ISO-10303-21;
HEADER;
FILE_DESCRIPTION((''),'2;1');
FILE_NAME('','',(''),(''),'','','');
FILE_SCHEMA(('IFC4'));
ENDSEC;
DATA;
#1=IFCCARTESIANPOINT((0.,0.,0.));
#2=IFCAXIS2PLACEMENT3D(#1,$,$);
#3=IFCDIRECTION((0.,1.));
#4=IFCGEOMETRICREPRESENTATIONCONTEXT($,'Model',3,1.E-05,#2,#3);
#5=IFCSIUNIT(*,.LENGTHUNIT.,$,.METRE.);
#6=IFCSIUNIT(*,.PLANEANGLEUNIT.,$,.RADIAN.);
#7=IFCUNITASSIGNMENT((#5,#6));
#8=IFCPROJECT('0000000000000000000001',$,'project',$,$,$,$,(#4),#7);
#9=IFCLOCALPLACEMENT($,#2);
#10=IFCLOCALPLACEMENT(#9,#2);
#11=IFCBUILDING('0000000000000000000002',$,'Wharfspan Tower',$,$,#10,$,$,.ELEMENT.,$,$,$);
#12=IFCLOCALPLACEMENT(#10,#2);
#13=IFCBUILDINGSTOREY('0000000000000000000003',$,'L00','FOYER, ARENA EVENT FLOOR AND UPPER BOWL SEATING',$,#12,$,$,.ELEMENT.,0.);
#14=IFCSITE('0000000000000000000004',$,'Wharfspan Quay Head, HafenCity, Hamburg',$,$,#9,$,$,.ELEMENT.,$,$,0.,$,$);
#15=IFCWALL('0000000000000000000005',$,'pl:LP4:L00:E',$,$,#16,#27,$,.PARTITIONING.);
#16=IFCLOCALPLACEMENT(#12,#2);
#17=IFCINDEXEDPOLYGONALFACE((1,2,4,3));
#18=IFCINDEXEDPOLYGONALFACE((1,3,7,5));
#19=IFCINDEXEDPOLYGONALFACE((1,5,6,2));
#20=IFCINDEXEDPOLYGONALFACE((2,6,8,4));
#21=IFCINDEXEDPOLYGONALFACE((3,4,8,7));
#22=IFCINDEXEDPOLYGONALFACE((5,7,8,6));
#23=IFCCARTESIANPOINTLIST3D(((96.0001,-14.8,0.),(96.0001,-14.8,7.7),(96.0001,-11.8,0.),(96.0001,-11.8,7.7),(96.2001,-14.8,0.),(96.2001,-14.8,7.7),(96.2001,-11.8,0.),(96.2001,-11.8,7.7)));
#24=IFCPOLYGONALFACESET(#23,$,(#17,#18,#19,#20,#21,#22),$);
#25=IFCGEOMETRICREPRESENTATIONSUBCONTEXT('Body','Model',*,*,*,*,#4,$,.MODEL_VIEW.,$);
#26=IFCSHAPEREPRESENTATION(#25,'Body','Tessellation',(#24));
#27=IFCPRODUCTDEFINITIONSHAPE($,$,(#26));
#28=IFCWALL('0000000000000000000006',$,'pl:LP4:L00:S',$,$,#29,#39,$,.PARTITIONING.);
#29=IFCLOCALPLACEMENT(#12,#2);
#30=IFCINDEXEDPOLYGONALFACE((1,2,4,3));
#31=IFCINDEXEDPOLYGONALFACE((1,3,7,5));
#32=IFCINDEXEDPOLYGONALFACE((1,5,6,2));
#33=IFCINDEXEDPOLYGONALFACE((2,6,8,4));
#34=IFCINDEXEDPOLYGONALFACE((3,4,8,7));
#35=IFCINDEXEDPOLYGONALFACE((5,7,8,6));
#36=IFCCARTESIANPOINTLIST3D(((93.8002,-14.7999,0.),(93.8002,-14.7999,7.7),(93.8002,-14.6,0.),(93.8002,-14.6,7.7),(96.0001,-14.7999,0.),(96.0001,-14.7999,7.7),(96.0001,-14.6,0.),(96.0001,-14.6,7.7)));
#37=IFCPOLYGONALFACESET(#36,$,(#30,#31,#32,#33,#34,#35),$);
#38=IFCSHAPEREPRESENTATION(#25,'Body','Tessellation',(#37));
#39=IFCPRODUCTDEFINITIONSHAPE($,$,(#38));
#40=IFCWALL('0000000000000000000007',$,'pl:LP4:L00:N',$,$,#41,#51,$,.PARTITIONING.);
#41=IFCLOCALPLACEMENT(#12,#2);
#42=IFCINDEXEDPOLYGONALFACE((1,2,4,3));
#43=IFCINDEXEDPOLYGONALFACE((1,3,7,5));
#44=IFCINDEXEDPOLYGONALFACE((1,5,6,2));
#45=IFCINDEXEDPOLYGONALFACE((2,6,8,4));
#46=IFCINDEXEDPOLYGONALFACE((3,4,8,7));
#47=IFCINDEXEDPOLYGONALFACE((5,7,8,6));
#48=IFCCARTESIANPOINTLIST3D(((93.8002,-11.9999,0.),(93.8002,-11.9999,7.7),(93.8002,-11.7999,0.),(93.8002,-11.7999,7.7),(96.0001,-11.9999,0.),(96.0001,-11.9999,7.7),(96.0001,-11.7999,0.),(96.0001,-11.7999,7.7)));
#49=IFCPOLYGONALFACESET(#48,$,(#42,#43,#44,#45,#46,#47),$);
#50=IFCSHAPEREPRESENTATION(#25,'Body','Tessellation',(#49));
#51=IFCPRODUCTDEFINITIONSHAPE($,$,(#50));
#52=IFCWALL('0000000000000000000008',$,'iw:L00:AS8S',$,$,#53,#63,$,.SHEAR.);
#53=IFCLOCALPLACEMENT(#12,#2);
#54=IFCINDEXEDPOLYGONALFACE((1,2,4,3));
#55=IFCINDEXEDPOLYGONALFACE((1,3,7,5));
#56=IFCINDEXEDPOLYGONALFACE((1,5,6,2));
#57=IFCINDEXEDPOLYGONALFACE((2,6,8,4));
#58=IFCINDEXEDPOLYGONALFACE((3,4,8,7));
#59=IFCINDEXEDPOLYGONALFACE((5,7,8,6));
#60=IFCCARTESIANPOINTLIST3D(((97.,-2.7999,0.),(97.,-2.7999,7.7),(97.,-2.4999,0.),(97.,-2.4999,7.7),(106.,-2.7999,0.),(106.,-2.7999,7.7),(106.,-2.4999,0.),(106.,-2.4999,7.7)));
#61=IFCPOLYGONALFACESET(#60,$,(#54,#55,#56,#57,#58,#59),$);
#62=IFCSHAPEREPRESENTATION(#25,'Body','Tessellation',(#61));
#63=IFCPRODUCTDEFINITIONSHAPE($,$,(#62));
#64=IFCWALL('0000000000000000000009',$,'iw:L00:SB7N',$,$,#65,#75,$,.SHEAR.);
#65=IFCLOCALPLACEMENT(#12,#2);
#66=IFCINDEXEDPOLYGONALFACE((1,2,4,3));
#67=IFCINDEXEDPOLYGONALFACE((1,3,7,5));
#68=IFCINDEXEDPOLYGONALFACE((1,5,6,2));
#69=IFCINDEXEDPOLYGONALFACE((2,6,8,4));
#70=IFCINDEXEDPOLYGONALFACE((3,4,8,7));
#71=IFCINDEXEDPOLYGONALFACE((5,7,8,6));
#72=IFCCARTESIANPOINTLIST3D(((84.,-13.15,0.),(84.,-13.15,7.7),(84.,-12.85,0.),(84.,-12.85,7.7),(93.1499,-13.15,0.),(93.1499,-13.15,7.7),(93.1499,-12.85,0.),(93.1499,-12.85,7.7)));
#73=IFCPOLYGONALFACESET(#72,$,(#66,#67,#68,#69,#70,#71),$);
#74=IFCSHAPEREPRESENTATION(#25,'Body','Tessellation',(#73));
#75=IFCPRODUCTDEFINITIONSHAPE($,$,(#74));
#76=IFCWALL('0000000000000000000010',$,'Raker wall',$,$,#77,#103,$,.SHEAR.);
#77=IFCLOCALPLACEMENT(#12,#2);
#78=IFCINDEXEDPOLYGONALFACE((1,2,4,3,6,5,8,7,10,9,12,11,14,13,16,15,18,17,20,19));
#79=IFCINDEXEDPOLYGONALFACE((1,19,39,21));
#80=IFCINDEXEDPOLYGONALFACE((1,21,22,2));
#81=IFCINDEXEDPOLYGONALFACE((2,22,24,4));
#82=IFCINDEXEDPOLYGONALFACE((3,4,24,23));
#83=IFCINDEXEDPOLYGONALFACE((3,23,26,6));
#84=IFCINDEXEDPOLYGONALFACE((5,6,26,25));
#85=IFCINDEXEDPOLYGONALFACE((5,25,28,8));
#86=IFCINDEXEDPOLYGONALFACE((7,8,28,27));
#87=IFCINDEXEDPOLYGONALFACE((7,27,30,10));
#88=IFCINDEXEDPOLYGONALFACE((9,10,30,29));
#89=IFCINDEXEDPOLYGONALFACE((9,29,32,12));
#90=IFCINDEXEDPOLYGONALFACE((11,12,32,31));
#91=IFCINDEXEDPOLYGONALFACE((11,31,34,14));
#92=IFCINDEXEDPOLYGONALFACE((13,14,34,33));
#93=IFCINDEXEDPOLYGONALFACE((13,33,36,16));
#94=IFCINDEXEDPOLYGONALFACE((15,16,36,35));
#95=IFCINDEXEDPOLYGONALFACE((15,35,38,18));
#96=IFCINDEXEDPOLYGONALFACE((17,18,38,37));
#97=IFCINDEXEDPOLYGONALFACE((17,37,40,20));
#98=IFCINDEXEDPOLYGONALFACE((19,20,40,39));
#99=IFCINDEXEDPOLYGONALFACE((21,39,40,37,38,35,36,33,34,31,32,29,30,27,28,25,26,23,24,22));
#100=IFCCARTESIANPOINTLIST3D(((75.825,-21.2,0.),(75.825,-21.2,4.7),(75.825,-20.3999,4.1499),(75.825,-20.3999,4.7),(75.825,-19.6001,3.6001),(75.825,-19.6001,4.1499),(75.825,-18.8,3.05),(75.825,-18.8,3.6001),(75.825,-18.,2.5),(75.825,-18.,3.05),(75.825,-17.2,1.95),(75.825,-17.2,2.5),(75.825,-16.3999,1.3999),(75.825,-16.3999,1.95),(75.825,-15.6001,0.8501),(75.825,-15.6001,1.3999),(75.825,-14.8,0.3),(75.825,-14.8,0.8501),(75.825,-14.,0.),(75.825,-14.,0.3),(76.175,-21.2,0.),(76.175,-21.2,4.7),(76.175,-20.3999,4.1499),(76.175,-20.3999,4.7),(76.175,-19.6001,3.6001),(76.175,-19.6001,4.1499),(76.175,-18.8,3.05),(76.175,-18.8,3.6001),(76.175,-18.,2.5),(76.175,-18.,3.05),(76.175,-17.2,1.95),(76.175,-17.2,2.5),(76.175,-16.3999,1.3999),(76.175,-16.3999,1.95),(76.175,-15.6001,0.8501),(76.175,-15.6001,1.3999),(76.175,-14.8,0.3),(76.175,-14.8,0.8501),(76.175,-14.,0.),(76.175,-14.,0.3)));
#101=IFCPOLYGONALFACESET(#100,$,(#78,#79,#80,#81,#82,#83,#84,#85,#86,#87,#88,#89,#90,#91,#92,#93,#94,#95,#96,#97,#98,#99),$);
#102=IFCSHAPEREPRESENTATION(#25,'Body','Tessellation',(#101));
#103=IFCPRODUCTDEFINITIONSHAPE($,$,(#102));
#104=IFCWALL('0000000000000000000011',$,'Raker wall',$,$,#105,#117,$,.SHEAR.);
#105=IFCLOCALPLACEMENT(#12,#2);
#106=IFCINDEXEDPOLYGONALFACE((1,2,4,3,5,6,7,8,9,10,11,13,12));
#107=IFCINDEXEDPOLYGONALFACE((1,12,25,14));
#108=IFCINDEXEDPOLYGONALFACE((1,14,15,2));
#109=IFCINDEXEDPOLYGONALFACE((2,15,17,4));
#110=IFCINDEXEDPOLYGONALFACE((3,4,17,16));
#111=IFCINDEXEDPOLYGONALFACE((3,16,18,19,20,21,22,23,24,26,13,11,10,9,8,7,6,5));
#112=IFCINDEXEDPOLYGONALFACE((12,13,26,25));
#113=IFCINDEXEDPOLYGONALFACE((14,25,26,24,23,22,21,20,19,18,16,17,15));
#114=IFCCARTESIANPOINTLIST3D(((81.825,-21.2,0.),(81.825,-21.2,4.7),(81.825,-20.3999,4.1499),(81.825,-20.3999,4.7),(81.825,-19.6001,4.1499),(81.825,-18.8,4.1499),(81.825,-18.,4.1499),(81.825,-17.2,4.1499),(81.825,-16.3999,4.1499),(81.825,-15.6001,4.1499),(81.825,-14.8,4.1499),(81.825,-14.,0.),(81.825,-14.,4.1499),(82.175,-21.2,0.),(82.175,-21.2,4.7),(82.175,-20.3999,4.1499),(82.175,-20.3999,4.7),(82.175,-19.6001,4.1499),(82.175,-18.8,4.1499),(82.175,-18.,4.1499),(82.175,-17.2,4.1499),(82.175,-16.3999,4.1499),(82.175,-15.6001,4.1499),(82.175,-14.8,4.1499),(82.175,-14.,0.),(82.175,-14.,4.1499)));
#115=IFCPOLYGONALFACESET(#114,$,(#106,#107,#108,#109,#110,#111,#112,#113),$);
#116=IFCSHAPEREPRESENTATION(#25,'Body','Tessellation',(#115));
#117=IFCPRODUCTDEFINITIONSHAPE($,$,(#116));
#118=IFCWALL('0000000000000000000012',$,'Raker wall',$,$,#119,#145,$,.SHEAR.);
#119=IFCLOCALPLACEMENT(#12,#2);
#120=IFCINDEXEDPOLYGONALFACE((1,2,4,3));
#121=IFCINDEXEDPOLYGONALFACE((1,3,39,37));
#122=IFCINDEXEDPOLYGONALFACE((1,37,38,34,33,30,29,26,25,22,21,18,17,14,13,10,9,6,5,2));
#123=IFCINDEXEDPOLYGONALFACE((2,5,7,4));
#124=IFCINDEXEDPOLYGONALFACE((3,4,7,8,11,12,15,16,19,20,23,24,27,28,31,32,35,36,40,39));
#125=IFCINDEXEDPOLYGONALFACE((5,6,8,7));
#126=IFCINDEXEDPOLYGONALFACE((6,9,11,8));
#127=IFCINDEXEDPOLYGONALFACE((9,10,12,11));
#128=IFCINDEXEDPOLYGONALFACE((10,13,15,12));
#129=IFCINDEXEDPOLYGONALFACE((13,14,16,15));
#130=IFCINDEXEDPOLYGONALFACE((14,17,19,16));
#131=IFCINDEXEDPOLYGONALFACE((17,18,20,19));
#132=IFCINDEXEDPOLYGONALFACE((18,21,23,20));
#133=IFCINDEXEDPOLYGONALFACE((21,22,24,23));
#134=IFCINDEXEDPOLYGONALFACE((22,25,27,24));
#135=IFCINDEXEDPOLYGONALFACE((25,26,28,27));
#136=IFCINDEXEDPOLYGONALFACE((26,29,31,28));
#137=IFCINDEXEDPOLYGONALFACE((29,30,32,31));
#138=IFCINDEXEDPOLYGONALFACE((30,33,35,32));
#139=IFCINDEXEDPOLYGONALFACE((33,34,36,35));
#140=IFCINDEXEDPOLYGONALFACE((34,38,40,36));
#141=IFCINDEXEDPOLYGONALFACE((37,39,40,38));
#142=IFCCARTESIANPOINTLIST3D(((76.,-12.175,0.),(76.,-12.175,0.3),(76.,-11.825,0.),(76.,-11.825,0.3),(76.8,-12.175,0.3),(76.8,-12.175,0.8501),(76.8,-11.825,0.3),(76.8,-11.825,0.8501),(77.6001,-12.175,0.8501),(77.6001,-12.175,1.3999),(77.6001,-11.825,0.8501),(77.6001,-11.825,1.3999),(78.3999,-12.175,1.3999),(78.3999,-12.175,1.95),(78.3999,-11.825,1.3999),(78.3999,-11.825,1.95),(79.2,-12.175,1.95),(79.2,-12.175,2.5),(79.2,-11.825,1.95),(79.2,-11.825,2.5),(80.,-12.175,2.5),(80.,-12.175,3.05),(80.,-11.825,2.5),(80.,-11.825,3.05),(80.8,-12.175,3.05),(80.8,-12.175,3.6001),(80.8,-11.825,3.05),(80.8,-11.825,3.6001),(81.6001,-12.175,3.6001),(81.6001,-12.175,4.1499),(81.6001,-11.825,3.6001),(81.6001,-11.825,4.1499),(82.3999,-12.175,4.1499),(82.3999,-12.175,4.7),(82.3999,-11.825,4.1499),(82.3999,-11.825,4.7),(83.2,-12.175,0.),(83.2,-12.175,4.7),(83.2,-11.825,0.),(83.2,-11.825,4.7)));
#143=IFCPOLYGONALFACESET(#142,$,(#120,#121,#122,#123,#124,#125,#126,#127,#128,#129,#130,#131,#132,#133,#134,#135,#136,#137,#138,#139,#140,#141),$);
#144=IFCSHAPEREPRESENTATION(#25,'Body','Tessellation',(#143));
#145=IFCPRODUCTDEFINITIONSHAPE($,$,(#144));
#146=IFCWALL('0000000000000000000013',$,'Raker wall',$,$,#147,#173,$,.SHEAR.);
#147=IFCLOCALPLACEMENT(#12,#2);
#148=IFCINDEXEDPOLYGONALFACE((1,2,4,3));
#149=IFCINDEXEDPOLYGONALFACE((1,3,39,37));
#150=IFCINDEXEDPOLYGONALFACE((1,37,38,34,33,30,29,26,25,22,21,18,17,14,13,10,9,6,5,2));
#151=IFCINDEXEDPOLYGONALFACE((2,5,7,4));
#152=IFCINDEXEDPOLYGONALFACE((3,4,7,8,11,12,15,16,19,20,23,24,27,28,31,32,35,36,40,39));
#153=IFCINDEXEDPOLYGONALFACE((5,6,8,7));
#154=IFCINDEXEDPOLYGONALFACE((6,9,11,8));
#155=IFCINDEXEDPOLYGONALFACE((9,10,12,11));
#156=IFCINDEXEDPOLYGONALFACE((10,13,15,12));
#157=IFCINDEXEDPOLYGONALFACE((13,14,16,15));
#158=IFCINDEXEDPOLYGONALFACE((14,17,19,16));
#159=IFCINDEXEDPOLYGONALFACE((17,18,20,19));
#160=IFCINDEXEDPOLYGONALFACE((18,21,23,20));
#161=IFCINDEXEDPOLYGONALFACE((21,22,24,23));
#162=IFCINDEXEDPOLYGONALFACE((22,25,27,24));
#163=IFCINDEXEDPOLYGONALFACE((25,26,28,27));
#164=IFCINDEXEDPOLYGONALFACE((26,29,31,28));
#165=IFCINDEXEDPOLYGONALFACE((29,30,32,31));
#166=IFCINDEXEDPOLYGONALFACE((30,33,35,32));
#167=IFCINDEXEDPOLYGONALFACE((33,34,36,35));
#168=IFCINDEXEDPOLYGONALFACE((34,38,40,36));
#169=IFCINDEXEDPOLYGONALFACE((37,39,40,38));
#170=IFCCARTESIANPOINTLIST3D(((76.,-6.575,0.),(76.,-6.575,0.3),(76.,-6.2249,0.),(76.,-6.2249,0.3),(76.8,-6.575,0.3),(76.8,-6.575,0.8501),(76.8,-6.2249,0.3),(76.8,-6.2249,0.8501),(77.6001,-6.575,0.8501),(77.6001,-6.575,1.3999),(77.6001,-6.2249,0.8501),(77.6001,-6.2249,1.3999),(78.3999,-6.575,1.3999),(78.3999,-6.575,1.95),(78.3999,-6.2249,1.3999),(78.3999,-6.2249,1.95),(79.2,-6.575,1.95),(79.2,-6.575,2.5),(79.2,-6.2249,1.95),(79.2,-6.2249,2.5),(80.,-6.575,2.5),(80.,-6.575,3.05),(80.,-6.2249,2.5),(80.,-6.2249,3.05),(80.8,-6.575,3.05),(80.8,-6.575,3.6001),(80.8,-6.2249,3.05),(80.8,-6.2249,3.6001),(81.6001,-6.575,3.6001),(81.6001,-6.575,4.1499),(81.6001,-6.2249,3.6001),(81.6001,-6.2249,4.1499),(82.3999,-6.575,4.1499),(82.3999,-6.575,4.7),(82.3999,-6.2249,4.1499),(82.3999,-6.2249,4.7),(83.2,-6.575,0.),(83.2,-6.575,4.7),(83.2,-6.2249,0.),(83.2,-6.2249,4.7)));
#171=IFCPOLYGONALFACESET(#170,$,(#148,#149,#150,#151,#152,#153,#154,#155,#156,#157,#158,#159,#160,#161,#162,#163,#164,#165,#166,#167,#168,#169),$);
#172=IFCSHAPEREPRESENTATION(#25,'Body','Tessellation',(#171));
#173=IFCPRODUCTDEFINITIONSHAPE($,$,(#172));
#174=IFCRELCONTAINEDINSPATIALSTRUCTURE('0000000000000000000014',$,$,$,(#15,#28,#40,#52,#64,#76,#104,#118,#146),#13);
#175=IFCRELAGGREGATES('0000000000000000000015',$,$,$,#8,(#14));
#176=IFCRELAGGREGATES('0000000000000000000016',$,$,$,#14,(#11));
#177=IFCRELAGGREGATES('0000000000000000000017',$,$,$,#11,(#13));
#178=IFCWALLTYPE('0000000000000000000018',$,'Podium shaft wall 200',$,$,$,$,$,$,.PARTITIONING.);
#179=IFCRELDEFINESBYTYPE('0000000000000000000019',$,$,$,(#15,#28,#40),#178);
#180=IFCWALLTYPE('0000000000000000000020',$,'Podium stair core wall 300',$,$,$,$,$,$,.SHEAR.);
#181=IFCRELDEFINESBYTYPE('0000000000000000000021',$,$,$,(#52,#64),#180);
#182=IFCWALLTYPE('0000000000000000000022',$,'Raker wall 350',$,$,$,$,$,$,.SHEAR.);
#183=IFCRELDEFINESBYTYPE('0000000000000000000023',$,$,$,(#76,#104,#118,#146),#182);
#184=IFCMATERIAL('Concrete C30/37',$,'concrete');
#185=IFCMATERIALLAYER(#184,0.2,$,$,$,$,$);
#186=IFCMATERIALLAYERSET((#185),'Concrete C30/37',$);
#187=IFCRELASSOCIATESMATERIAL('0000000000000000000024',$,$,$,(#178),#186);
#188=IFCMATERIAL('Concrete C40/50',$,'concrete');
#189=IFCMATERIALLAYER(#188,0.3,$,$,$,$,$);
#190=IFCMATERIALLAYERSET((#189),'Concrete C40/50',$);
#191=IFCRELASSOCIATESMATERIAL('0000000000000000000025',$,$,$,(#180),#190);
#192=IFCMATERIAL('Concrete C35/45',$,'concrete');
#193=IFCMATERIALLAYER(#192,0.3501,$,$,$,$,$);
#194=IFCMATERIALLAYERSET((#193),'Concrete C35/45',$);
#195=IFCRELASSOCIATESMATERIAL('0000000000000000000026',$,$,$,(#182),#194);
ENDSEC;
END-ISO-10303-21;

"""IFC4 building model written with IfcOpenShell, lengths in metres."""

from ifc_helpers import new_model, si_unit, direction, frame, frame_2d, origin, place, context, subcontext, project, spatial, polyline, rectangle, outline, extrude, material, layer, layer_set, type_object, element, save


model = new_model("IFC4")

# Units and contexts
model_context = context("Model", 3, precision=1e-05, world=origin(), true_north=direction((0.0, 1.0)))
body_context = subcontext(model_context, "Body", "Model", "MODEL_VIEW")
ifc_project = project(units=[si_unit("LENGTHUNIT", "METRE"), si_unit("PLANEANGLEUNIT", "RADIAN")], contexts=[model_context])

# Site, building, storey
site_placement = place(None, origin())
site = spatial("IfcSite", under=ifc_project, at=site_placement, Name="Wharfspan Quay Head, HafenCity, Hamburg", CompositionType="ELEMENT", RefElevation=0.0)
building_placement = place(site_placement, origin())
building = spatial("IfcBuilding", under=site, at=building_placement, Name="Wharfspan Tower", CompositionType="ELEMENT")
storey_placement = place(building_placement, origin())
storey = spatial("IfcBuildingStorey", under=building, at=storey_placement, Name="L00", Description="FOYER, ARENA EVENT FLOOR AND UPPER BOWL SEATING", CompositionType="ELEMENT", Elevation=0.0)

# Walls
ifc_material_1 = material(Name="Concrete C30/37", Category="concrete")
ifc_layer_1 = layer(ifc_material_1, 0.2)
ifc_layer_set_1 = layer_set([ifc_layer_1], Name="Concrete C30/37")
wall_type_1 = type_object("IfcWallType", Name="Podium shaft wall 200", PredefinedType="PARTITIONING", material=ifc_layer_set_1)
wall_1_placement = place(storey_placement, frame((96.1001, -14.8, 0.0), z_axis=(0.0, 0.0, 1.0), x_axis=(0.0, 1.0, 0.0)))
element("IfcWall", 1, at=wall_1_placement, inside=storey, type_object=wall_type_1, Name="pl:LP4:L00:E", PredefinedType="PARTITIONING", context=body_context, shape_type="SweptSolid", body=[
    extrude(rectangle(XDim=3.0, YDim=0.2, at=frame_2d((1.5, 0.0))), origin(), (0.0, 0.0, 1.0), 7.7),
])
for number, where, z_axis, x_axis, name in (
    (2, (93.8, -14.7, 0.0), (0.0, 0.0, 1.0), (1.0, 0.0, 0.0), "pl:LP4:L00:S"),
    (3, (93.8, -11.8999, 0.0), (0.0, 0.0, 1.0), (1.0, 0.0, 0.0), "pl:LP4:L00:N"),
):
    element("IfcWall", number, at=place(storey_placement, frame(where, z_axis=z_axis, x_axis=x_axis)), inside=storey, type_object=wall_type_1, Name=name, PredefinedType="PARTITIONING", context=body_context, shape_type="SweptSolid", body=[
        extrude(rectangle(XDim=2.2, YDim=0.2, at=frame_2d((1.1001, 0.0))), origin(), (0.0, 0.0, 1.0), 7.7),
    ])
ifc_material_2 = material(Name="Concrete C40/50", Category="concrete")
ifc_layer_2 = layer(ifc_material_2, 0.3)
ifc_layer_set_2 = layer_set([ifc_layer_2], Name="Concrete C40/50")
wall_type_2 = type_object("IfcWallType", Name="Podium stair core wall 300", PredefinedType="SHEAR", material=ifc_layer_set_2)
wall_2_placement = place(storey_placement, frame((97.0, -2.6499, 0.0), z_axis=(0.0, 0.0, 1.0), x_axis=(1.0, 0.0, 0.0)))
element("IfcWall", 4, at=wall_2_placement, inside=storey, type_object=wall_type_2, Name="iw:L00:AS8S", PredefinedType="SHEAR", context=body_context, shape_type="SweptSolid", body=[
    extrude(rectangle(XDim=9.0, YDim=0.3, at=frame_2d((4.5, 0.0))), origin(), (0.0, 0.0, 1.0), 7.7),
])
wall_3_placement = place(storey_placement, frame((84.0, -13.0, 0.0), z_axis=(0.0, 0.0, 1.0), x_axis=(1.0, 0.0, 0.0)))
element("IfcWall", 5, at=wall_3_placement, inside=storey, type_object=wall_type_2, Name="iw:L00:SB7N", PredefinedType="SHEAR", context=body_context, shape_type="SweptSolid", body=[
    extrude(rectangle(XDim=9.1499, YDim=0.3, at=frame_2d((4.575, 0.0))), origin(), (0.0, 0.0, 1.0), 7.7),
])
ifc_material_3 = material(Name="Concrete C35/45", Category="concrete")
ifc_layer_3 = layer(ifc_material_3, 0.3501)
ifc_layer_set_3 = layer_set([ifc_layer_3], Name="Concrete C35/45")
wall_type_3 = type_object("IfcWallType", Name="Raker wall 350", PredefinedType="SHEAR", material=ifc_layer_set_3)
wall_4_placement = place(storey_placement, frame((76.0, -14.0, 0.0), z_axis=(0.0, 0.0, 1.0), x_axis=(0.0, -1.0, 0.0)))
element("IfcWall", 6, at=wall_4_placement, inside=storey, type_object=wall_type_3, Name="Raker wall", PredefinedType="SHEAR", context=body_context, shape_type="SweptSolid", body=[
    extrude(outline(polyline([(0.0, 0.0), (7.2, 0.0), (7.2, 4.7), (6.3999, 4.7), (6.3999, 4.1499), (5.6001, 4.1499), (5.6001, 3.6001), (4.8, 3.6001), (4.8, 3.05), (4.0, 3.05), (4.0, 2.5), (3.2, 2.5), (3.2, 1.95), (2.3999, 1.95), (2.3999, 1.3999), (1.6001, 1.3999), (1.6001, 0.8501), (0.8, 0.8501), (0.8, 0.3), (0.0, 0.3), (0.0, 0.0)])), frame((0.0, 0.175, 0.0), z_axis=(0.0, -1.0, 0.0), x_axis=(1.0, 0.0, 0.0)), (0.0, 0.0, 1.0), 0.3501),
])
wall_5_placement = place(storey_placement, frame((82.0, -14.0, 0.0), z_axis=(0.0, 0.0, 1.0), x_axis=(0.0, -1.0, 0.0)))
element("IfcWall", 7, at=wall_5_placement, inside=storey, type_object=wall_type_3, Name="Raker wall", PredefinedType="SHEAR", context=body_context, shape_type="SweptSolid", body=[
    extrude(outline(polyline([(0.0, 0.0), (7.2, 0.0), (7.2, 4.7), (6.3999, 4.7), (6.3999, 4.1499), (5.6001, 4.1499), (4.8, 4.1499), (4.0, 4.1499), (3.2, 4.1499), (2.3999, 4.1499), (1.6001, 4.1499), (0.8, 4.1499), (0.0, 4.1499), (0.0, 0.0)])), frame((0.0, 0.175, 0.0), z_axis=(0.0, -1.0, 0.0), x_axis=(1.0, 0.0, 0.0)), (0.0, 0.0, 1.0), 0.3501),
])
for number, where, z_axis, x_axis, name in (
    (8, (76.0, -12.0, 0.0), (0.0, 0.0, 1.0), (1.0, 0.0, 0.0), "Raker wall"),
    (9, (76.0, -6.3999, 0.0), (0.0, 0.0, 1.0), (1.0, 0.0, 0.0), "Raker wall"),
):
    element("IfcWall", number, at=place(storey_placement, frame(where, z_axis=z_axis, x_axis=x_axis)), inside=storey, type_object=wall_type_3, Name=name, PredefinedType="SHEAR", context=body_context, shape_type="SweptSolid", body=[
        extrude(outline(polyline([(0.0, 0.0), (7.2, 0.0), (7.2, 4.7), (6.3999, 4.7), (6.3999, 4.1499), (5.6001, 4.1499), (5.6001, 3.6001), (4.8, 3.6001), (4.8, 3.05), (4.0, 3.05), (4.0, 2.5), (3.2, 2.5), (3.2, 1.95), (2.3999, 1.95), (2.3999, 1.3999), (1.6001, 1.3999), (1.6001, 0.8501), (0.8, 0.8501), (0.8, 0.3), (0.0, 0.3), (0.0, 0.0)])), frame((0.0, 0.175, 0.0), z_axis=(0.0, -1.0, 0.0), x_axis=(1.0, 0.0, 0.0)), (0.0, 0.0, 1.0), 0.3501),
    ])

save(model, "model.ifc")
